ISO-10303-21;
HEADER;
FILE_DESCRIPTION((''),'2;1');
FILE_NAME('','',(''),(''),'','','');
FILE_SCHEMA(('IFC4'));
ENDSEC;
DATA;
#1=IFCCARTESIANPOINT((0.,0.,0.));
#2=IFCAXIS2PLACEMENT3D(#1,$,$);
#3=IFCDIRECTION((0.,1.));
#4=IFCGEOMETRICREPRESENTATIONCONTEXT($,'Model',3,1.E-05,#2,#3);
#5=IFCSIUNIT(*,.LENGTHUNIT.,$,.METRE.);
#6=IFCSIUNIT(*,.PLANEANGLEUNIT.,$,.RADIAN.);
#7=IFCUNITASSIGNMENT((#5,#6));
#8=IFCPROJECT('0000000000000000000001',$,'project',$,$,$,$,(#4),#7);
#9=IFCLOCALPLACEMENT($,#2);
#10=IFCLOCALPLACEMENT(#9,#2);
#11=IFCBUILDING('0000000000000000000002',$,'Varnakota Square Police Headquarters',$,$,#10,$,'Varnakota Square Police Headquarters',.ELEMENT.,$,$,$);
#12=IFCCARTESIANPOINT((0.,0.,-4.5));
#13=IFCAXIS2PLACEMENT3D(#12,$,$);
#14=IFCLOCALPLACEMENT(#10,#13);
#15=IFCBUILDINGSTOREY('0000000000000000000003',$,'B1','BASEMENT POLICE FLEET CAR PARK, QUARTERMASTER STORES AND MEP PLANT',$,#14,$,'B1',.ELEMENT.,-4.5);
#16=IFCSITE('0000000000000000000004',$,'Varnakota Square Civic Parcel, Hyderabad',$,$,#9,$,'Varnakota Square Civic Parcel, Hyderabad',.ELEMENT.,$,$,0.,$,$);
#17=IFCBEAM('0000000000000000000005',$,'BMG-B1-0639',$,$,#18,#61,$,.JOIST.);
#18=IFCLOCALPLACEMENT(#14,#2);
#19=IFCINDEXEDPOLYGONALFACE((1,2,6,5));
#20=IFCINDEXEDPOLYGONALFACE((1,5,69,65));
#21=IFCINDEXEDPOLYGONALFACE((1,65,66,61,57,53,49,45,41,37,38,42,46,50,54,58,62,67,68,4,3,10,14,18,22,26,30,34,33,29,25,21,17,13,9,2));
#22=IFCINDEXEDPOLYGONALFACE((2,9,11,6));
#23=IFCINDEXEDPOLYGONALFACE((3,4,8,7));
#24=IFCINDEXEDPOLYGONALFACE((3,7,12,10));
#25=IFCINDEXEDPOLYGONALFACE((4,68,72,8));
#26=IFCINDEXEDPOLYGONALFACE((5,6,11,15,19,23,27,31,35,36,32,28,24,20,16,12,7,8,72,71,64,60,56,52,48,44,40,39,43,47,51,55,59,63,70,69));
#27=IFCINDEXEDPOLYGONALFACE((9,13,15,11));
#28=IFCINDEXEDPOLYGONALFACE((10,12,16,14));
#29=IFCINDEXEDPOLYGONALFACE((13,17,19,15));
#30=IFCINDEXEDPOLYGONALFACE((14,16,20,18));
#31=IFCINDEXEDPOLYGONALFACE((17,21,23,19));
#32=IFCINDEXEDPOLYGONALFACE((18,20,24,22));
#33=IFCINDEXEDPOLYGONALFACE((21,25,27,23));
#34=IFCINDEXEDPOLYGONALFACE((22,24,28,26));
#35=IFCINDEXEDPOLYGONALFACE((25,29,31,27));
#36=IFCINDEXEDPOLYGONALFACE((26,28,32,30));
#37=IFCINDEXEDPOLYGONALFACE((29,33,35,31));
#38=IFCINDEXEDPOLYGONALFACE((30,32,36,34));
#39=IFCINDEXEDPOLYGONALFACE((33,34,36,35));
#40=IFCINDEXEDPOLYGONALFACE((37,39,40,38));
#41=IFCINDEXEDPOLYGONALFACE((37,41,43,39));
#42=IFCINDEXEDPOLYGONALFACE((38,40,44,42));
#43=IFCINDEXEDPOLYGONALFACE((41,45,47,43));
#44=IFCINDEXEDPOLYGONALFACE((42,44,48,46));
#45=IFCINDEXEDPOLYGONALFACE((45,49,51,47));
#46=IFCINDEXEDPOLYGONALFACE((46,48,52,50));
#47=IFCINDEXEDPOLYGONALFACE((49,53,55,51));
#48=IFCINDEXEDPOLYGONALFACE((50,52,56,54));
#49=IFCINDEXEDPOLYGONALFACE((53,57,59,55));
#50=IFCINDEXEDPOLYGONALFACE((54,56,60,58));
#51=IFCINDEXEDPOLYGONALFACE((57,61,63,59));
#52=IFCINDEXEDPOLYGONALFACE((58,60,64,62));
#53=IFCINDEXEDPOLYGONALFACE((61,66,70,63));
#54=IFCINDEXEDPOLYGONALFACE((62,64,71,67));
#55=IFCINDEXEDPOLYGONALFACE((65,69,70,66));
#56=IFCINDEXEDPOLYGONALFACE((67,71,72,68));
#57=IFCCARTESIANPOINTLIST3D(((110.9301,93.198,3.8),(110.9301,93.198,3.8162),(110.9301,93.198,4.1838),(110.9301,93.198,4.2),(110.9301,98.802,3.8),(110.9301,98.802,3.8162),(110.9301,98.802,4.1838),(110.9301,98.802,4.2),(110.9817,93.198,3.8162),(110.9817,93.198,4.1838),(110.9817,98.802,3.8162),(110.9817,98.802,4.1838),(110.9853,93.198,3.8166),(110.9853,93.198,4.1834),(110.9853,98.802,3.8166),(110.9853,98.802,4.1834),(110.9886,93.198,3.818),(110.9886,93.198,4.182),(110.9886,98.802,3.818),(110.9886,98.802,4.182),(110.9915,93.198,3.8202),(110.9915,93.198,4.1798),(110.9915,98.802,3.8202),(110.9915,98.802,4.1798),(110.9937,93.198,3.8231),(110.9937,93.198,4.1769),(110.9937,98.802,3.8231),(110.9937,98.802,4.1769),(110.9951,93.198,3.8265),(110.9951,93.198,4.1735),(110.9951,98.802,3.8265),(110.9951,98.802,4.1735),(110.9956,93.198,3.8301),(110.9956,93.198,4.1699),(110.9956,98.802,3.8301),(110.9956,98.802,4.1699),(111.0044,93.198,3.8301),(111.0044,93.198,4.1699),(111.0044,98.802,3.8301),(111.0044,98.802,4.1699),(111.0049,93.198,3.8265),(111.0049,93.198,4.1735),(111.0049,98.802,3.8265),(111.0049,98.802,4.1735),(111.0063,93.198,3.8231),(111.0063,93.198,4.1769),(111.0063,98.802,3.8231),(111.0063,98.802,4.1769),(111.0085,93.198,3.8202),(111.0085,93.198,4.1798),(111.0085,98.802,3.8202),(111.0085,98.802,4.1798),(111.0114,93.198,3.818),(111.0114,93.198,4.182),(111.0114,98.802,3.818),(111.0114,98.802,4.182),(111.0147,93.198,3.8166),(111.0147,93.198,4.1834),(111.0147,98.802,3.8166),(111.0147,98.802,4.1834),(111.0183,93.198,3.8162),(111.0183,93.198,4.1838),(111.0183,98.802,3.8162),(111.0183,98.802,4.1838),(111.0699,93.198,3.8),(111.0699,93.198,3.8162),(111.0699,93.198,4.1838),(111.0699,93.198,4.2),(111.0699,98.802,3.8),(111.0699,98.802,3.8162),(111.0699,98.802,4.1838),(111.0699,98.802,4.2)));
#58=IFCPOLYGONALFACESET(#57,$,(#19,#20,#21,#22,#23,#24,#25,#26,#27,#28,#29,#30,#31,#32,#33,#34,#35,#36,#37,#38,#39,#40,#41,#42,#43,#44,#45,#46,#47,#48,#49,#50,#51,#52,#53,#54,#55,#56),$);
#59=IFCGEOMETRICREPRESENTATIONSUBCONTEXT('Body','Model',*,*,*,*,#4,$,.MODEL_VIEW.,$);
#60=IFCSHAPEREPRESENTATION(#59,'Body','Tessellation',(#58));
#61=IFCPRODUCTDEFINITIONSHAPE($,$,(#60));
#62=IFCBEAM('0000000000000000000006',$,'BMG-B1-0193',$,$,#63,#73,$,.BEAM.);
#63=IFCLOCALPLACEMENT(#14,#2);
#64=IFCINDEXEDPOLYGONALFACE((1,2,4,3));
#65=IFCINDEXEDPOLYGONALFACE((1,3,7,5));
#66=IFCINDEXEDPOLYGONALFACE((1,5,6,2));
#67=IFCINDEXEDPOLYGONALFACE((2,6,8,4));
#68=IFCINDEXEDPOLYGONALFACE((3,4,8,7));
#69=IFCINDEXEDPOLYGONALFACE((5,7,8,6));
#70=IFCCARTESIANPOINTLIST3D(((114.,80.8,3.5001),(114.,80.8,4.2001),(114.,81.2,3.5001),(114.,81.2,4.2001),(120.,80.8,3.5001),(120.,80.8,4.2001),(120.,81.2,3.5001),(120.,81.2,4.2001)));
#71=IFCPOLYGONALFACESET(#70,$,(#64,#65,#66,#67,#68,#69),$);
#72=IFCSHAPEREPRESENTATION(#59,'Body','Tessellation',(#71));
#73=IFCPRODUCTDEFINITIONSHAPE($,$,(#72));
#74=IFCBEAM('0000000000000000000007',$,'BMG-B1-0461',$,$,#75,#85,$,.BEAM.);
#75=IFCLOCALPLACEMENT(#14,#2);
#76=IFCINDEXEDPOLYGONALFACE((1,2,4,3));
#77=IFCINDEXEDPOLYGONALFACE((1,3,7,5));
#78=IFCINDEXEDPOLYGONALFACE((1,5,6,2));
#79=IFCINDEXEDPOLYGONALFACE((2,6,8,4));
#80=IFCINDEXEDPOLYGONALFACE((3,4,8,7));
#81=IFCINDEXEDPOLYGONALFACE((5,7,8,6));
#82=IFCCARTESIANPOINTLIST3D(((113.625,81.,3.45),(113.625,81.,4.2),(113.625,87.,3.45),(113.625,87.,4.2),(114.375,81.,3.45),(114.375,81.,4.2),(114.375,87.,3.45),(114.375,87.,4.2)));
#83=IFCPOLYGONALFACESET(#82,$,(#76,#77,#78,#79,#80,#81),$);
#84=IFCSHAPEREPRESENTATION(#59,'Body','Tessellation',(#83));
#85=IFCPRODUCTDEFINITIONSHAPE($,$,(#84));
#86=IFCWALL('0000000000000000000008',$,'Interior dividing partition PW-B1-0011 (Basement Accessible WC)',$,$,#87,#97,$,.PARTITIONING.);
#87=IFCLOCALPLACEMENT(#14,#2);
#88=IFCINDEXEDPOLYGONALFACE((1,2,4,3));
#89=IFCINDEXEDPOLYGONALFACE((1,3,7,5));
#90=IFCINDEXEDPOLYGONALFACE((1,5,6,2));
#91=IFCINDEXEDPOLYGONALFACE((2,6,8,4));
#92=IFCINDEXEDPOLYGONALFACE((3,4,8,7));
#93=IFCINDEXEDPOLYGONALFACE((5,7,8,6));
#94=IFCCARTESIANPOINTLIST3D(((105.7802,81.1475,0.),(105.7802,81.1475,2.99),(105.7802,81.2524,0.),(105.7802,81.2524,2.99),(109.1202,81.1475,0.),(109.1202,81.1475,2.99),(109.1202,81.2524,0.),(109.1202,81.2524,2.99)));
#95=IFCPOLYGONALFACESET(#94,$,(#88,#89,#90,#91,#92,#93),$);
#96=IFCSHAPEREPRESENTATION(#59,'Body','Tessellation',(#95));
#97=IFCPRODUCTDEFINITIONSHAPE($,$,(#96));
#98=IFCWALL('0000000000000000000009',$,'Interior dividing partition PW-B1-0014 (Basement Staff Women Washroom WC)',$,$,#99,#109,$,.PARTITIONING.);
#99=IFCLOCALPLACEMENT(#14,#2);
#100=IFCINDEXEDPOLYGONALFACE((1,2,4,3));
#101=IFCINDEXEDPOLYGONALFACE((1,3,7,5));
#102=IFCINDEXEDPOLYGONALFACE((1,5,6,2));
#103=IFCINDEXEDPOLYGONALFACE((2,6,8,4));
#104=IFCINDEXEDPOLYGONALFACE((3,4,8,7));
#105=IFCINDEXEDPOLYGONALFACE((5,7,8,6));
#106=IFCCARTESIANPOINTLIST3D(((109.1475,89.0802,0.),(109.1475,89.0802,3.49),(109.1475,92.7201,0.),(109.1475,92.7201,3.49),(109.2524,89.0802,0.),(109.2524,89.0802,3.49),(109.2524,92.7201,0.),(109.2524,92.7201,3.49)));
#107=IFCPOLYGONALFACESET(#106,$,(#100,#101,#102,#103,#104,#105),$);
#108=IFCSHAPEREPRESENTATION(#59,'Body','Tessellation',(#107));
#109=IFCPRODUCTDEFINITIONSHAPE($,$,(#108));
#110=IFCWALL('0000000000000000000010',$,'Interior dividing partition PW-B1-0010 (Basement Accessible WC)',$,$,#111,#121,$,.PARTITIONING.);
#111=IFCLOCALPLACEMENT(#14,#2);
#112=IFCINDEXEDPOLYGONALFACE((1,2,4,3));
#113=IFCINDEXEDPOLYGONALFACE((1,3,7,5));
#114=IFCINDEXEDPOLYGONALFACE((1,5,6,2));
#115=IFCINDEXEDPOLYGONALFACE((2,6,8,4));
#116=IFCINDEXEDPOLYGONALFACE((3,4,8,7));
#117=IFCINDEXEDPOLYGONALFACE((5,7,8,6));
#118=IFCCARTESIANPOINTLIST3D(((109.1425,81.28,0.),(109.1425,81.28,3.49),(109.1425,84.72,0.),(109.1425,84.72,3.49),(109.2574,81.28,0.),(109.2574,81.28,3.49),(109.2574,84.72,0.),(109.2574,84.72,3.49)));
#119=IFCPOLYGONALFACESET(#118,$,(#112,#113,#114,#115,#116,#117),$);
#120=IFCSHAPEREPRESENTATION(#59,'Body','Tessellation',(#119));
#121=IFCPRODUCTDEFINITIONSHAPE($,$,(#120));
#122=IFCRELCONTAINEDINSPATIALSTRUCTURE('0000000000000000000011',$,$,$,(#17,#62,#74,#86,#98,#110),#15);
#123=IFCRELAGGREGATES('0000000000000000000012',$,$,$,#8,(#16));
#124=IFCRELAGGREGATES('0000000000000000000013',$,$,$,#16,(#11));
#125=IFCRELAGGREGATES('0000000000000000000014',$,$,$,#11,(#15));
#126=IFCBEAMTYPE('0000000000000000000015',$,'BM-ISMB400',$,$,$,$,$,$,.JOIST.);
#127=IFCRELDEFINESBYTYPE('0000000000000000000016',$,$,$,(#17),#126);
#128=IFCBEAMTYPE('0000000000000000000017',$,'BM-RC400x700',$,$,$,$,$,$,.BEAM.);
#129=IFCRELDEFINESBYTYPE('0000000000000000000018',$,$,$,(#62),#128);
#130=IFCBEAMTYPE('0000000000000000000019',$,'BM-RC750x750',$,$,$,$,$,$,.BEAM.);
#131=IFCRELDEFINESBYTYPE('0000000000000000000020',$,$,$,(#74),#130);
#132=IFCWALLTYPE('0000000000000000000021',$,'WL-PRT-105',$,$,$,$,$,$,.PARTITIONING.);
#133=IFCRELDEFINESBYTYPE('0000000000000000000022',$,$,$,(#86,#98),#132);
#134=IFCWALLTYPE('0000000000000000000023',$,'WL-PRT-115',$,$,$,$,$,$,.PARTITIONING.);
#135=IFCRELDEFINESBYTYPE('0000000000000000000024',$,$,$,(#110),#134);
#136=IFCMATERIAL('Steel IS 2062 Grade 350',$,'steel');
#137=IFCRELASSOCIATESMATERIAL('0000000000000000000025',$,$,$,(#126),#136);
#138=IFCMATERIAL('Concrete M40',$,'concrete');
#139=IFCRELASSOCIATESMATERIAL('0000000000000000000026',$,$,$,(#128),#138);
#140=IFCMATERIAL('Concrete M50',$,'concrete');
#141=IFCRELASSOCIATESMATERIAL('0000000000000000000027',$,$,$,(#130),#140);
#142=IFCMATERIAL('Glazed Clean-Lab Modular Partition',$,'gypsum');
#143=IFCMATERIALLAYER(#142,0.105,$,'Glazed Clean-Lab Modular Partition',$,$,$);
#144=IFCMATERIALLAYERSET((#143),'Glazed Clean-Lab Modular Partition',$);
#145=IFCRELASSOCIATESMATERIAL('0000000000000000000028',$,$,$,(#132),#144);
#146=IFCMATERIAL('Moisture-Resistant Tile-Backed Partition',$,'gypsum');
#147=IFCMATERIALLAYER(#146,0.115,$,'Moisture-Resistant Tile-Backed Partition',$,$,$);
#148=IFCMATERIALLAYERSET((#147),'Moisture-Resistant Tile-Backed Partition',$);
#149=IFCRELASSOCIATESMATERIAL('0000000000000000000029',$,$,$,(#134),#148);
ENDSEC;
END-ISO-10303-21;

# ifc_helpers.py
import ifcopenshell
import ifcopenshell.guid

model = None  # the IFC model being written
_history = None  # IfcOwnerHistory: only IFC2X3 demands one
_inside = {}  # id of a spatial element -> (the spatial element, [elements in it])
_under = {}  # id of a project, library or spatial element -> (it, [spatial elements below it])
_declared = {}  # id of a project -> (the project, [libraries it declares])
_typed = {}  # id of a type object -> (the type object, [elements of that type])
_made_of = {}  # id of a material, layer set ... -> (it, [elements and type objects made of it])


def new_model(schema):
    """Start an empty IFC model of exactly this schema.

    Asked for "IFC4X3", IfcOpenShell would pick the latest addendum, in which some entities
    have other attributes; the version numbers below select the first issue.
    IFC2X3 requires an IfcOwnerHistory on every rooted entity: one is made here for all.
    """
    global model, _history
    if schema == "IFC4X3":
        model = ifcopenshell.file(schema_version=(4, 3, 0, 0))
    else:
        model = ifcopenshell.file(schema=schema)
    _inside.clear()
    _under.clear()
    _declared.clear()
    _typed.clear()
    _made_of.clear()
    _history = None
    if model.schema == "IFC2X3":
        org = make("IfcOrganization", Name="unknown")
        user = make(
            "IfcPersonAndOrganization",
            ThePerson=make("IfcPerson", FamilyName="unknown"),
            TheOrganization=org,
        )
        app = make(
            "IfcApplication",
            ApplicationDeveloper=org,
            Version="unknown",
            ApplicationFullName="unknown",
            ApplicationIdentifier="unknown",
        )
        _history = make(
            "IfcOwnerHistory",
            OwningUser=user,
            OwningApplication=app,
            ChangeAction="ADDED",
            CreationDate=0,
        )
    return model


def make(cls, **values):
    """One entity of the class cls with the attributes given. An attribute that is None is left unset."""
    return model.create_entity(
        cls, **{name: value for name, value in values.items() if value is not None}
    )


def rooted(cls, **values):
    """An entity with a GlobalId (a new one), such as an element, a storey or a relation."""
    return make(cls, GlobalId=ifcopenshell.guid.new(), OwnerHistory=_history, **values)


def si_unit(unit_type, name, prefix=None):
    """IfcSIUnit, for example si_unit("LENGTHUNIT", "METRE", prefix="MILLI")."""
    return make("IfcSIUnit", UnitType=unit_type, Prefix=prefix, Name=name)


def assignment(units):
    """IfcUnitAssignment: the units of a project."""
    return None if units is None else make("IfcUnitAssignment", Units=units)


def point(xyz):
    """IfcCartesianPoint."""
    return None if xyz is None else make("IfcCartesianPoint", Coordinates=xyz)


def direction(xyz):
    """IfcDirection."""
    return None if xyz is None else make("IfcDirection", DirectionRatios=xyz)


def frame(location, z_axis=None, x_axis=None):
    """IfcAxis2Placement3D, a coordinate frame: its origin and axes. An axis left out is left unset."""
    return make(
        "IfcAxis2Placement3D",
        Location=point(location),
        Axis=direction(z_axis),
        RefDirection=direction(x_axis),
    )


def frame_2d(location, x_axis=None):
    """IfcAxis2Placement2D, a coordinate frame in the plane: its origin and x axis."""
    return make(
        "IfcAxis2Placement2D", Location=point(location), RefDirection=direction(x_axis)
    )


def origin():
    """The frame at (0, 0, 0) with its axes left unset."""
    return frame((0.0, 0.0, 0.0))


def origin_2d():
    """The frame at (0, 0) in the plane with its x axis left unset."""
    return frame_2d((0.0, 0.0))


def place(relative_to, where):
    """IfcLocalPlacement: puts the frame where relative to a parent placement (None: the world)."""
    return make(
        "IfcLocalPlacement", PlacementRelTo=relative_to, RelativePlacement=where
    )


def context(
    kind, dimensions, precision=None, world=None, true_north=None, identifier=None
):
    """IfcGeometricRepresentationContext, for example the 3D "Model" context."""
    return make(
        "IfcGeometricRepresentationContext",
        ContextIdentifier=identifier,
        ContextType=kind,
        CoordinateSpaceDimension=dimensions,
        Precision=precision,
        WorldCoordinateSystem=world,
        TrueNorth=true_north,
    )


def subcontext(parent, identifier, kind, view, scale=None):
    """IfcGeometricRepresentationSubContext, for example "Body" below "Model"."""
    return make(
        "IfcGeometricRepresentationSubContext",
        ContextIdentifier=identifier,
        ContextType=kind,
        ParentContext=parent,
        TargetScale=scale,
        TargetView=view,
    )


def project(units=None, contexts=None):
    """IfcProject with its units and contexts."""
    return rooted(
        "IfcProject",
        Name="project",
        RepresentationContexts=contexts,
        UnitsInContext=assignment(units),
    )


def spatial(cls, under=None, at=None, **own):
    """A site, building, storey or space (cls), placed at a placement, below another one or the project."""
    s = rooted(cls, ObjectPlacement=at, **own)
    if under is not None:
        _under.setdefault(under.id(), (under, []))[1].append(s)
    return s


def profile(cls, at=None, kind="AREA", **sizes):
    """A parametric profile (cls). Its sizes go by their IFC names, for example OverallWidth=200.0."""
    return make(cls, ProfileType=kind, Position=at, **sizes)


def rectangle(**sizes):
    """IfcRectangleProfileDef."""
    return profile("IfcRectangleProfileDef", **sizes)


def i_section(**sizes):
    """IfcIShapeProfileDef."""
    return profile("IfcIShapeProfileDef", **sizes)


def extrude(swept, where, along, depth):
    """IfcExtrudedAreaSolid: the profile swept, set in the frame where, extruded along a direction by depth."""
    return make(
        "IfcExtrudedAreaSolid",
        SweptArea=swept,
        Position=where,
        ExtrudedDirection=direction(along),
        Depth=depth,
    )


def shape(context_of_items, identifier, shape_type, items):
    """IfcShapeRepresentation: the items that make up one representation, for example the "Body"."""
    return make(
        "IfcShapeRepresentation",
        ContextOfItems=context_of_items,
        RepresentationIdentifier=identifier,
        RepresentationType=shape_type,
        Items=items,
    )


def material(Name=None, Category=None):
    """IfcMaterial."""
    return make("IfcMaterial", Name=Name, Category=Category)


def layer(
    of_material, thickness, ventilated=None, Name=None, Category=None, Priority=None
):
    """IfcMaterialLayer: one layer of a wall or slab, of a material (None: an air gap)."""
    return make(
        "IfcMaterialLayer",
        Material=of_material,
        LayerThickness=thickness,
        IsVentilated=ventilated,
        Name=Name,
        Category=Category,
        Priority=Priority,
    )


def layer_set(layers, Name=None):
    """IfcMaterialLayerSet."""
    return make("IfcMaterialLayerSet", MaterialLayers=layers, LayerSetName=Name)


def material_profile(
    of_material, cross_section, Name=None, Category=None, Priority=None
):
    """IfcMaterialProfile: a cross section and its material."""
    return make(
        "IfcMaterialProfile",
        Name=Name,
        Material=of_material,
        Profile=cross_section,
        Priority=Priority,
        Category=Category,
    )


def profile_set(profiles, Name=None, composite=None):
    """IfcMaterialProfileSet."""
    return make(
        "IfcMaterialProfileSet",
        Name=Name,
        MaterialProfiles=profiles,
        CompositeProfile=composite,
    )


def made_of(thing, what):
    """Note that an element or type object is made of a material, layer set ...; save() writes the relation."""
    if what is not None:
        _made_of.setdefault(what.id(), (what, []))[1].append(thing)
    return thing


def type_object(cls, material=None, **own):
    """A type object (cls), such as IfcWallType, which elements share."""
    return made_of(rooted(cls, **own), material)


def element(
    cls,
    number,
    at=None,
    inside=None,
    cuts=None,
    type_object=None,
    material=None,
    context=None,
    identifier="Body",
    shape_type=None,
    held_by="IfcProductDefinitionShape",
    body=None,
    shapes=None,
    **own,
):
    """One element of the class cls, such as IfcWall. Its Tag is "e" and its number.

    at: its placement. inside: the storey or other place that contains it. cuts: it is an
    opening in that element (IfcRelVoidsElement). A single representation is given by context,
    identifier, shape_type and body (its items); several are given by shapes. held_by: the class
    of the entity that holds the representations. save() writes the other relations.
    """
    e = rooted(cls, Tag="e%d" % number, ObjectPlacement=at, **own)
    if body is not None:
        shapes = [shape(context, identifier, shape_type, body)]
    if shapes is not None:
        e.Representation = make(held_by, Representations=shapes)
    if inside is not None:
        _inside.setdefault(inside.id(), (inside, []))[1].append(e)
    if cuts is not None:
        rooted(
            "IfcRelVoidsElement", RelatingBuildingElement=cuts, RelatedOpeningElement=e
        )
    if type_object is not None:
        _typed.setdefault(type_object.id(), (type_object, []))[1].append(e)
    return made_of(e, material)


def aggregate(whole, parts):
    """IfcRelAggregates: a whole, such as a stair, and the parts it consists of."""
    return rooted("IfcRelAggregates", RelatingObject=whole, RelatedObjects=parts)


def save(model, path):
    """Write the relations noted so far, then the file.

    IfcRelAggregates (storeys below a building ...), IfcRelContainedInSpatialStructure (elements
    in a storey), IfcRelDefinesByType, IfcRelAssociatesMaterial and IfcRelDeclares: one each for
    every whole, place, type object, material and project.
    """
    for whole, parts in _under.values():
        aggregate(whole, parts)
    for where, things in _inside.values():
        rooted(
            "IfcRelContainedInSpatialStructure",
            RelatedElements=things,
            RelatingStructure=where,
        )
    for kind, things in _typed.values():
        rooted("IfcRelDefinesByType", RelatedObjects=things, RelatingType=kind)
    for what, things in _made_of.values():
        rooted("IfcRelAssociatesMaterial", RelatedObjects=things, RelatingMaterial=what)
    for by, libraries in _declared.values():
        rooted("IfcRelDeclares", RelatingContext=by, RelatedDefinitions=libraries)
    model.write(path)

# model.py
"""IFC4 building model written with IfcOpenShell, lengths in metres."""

from ifc_helpers import new_model, si_unit, direction, frame, frame_2d, origin, origin_2d, place, context, subcontext, project, spatial, rectangle, i_section, extrude, material, layer, layer_set, material_profile, profile_set, type_object, element, save


model = new_model("IFC4")

# Units and contexts
model_context = context("Model", 3, precision=1e-05, world=origin(), true_north=direction((0.0, 1.0)))
body_context = subcontext(model_context, "Body", "Model", "MODEL_VIEW")
ifc_project = project(units=[si_unit("LENGTHUNIT", "METRE"), si_unit("PLANEANGLEUNIT", "RADIAN")], contexts=[model_context])

# Site, building, storey
site_placement = place(None, origin())
site = spatial("IfcSite", under=ifc_project, at=site_placement, Name="Varnakota Square Civic Parcel, Hyderabad", LongName="Varnakota Square Civic Parcel, Hyderabad", CompositionType="ELEMENT", RefElevation=0.0)
building_placement = place(site_placement, origin())
building = spatial("IfcBuilding", under=site, at=building_placement, Name="Varnakota Square Police Headquarters", LongName="Varnakota Square Police Headquarters", CompositionType="ELEMENT")
storey_placement = place(building_placement, frame((0.0, 0.0, -4.5)))
storey = spatial("IfcBuildingStorey", under=building, at=storey_placement, Name="B1", Description="BASEMENT POLICE FLEET CAR PARK, QUARTERMASTER STORES AND MEP PLANT", LongName="B1", CompositionType="ELEMENT", Elevation=-4.5)

# Shared definitions
ifc_material_1 = material(Name="Concrete M40", Category="concrete")

# Shared definitions
ifc_material_2 = material(Name="Concrete M50", Category="concrete")

# Beams
ifc_material_3 = material(Name="Steel IS 2062 Grade 350", Category="steel")
ifc_material_profile_1 = material_profile(ifc_material_3, i_section(OverallWidth=0.1399, OverallDepth=0.3999, WebThickness=0.0088, FlangeThickness=0.0161, FilletRadius=0.0139, at=origin_2d()), Name="ISMB 400")
ifc_profile_set_1 = profile_set([ifc_material_profile_1], Name="Steel IS 2062 Grade 350")
beam_type_1 = type_object("IfcBeamType", Name="BM-ISMB400", PredefinedType="JOIST", material=ifc_profile_set_1)
beam_1_placement = place(storey_placement, frame((111.0, 93.198, 4.0), z_axis=(0.0, 1.0, 0.0), x_axis=(-1.0, 0.0, 0.0)))
element("IfcBeam", 1, at=beam_1_placement, inside=storey, type_object=beam_type_1, Name="BMG-B1-0639", PredefinedType="JOIST", context=body_context, shape_type="SweptSolid", body=[
    extrude(i_section(OverallWidth=0.1399, OverallDepth=0.3999, WebThickness=0.0088, FlangeThickness=0.0161, FilletRadius=0.0139, at=origin_2d()), origin(), (0.0, 0.0, 1.0), 5.604),
])
ifc_material_profile_2 = material_profile(ifc_material_1, rectangle(XDim=0.3999, YDim=0.7, at=origin_2d()), Name="RC 400x700")
ifc_profile_set_2 = profile_set([ifc_material_profile_2], Name="Concrete M40")
beam_type_2 = type_object("IfcBeamType", Name="BM-RC400x700", PredefinedType="BEAM", material=ifc_profile_set_2)
beam_2_placement = place(storey_placement, frame((114.0, 81.0, 3.8501), z_axis=(1.0, 0.0, 0.0), x_axis=(0.0, 1.0, 0.0)))
element("IfcBeam", 2, at=beam_2_placement, inside=storey, type_object=beam_type_2, Name="BMG-B1-0193", PredefinedType="BEAM", context=body_context, shape_type="SweptSolid", body=[
    extrude(rectangle(XDim=0.3999, YDim=0.7, at=origin_2d()), origin(), (0.0, 0.0, 1.0), 6.0),
])
ifc_material_profile_3 = material_profile(ifc_material_2, rectangle(XDim=0.75, YDim=0.75, at=origin_2d()), Name="RC 750x750")
ifc_profile_set_3 = profile_set([ifc_material_profile_3], Name="Concrete M50")
beam_type_3 = type_object("IfcBeamType", Name="BM-RC750x750", PredefinedType="BEAM", material=ifc_profile_set_3)
beam_3_placement = place(storey_placement, frame((114.0, 81.0, 3.825), z_axis=(0.0, 1.0, 0.0), x_axis=(-1.0, 0.0, 0.0)))
element("IfcBeam", 3, at=beam_3_placement, inside=storey, type_object=beam_type_3, Name="BMG-B1-0461", PredefinedType="BEAM", context=body_context, shape_type="SweptSolid", body=[
    extrude(rectangle(XDim=0.75, YDim=0.75, at=origin_2d()), origin(), (0.0, 0.0, 1.0), 6.0),
])

# Walls
ifc_material_4 = material(Name="Glazed Clean-Lab Modular Partition", Category="gypsum")
ifc_layer_1 = layer(ifc_material_4, 0.105, Name="Glazed Clean-Lab Modular Partition")
ifc_layer_set_1 = layer_set([ifc_layer_1], Name="Glazed Clean-Lab Modular Partition")
wall_type_1 = type_object("IfcWallType", Name="WL-PRT-105", PredefinedType="PARTITIONING", material=ifc_layer_set_1)
wall_1_placement = place(storey_placement, frame((109.1201, 81.2, 0.0), z_axis=(0.0, 0.0, 1.0), x_axis=(-1.0, 0.0, 0.0)))
element("IfcWall", 4, at=wall_1_placement, inside=storey, type_object=wall_type_1, Name="Interior dividing partition PW-B1-0011 (Basement Accessible WC)", PredefinedType="PARTITIONING", context=body_context, shape_type="SweptSolid", body=[
    extrude(rectangle(XDim=3.3401, YDim=0.105, at=frame_2d((1.6699, 0.0))), origin(), (0.0, 0.0, 1.0), 2.99),
])
wall_2_placement = place(storey_placement, frame((109.2, 92.72, 0.0), z_axis=(0.0, 0.0, 1.0), x_axis=(0.0, -1.0, 0.0)))
element("IfcWall", 5, at=wall_2_placement, inside=storey, type_object=wall_type_1, Name="Interior dividing partition PW-B1-0014 (Basement Staff Women Washroom WC)", PredefinedType="PARTITIONING", context=body_context, shape_type="SweptSolid", body=[
    extrude(rectangle(XDim=3.6399, YDim=0.105, at=frame_2d((1.8198, 0.0))), origin(), (0.0, 0.0, 1.0), 3.49),
])
ifc_material_5 = material(Name="Moisture-Resistant Tile-Backed Partition", Category="gypsum")
ifc_layer_2 = layer(ifc_material_5, 0.115, Name="Moisture-Resistant Tile-Backed Partition")
ifc_layer_set_2 = layer_set([ifc_layer_2], Name="Moisture-Resistant Tile-Backed Partition")
wall_type_2 = type_object("IfcWallType", Name="WL-PRT-115", PredefinedType="PARTITIONING", material=ifc_layer_set_2)
wall_3_placement = place(storey_placement, frame((109.2, 84.72, 0.0), z_axis=(0.0, 0.0, 1.0), x_axis=(0.0, -1.0, 0.0)))
element("IfcWall", 6, at=wall_3_placement, inside=storey, type_object=wall_type_2, Name="Interior dividing partition PW-B1-0010 (Basement Accessible WC)", PredefinedType="PARTITIONING", context=body_context, shape_type="SweptSolid", body=[
    extrude(rectangle(XDim=3.4399, YDim=0.115, at=frame_2d((1.72, 0.0))), origin(), (0.0, 0.0, 1.0), 3.49),
])

save(model, "model.ifc")
